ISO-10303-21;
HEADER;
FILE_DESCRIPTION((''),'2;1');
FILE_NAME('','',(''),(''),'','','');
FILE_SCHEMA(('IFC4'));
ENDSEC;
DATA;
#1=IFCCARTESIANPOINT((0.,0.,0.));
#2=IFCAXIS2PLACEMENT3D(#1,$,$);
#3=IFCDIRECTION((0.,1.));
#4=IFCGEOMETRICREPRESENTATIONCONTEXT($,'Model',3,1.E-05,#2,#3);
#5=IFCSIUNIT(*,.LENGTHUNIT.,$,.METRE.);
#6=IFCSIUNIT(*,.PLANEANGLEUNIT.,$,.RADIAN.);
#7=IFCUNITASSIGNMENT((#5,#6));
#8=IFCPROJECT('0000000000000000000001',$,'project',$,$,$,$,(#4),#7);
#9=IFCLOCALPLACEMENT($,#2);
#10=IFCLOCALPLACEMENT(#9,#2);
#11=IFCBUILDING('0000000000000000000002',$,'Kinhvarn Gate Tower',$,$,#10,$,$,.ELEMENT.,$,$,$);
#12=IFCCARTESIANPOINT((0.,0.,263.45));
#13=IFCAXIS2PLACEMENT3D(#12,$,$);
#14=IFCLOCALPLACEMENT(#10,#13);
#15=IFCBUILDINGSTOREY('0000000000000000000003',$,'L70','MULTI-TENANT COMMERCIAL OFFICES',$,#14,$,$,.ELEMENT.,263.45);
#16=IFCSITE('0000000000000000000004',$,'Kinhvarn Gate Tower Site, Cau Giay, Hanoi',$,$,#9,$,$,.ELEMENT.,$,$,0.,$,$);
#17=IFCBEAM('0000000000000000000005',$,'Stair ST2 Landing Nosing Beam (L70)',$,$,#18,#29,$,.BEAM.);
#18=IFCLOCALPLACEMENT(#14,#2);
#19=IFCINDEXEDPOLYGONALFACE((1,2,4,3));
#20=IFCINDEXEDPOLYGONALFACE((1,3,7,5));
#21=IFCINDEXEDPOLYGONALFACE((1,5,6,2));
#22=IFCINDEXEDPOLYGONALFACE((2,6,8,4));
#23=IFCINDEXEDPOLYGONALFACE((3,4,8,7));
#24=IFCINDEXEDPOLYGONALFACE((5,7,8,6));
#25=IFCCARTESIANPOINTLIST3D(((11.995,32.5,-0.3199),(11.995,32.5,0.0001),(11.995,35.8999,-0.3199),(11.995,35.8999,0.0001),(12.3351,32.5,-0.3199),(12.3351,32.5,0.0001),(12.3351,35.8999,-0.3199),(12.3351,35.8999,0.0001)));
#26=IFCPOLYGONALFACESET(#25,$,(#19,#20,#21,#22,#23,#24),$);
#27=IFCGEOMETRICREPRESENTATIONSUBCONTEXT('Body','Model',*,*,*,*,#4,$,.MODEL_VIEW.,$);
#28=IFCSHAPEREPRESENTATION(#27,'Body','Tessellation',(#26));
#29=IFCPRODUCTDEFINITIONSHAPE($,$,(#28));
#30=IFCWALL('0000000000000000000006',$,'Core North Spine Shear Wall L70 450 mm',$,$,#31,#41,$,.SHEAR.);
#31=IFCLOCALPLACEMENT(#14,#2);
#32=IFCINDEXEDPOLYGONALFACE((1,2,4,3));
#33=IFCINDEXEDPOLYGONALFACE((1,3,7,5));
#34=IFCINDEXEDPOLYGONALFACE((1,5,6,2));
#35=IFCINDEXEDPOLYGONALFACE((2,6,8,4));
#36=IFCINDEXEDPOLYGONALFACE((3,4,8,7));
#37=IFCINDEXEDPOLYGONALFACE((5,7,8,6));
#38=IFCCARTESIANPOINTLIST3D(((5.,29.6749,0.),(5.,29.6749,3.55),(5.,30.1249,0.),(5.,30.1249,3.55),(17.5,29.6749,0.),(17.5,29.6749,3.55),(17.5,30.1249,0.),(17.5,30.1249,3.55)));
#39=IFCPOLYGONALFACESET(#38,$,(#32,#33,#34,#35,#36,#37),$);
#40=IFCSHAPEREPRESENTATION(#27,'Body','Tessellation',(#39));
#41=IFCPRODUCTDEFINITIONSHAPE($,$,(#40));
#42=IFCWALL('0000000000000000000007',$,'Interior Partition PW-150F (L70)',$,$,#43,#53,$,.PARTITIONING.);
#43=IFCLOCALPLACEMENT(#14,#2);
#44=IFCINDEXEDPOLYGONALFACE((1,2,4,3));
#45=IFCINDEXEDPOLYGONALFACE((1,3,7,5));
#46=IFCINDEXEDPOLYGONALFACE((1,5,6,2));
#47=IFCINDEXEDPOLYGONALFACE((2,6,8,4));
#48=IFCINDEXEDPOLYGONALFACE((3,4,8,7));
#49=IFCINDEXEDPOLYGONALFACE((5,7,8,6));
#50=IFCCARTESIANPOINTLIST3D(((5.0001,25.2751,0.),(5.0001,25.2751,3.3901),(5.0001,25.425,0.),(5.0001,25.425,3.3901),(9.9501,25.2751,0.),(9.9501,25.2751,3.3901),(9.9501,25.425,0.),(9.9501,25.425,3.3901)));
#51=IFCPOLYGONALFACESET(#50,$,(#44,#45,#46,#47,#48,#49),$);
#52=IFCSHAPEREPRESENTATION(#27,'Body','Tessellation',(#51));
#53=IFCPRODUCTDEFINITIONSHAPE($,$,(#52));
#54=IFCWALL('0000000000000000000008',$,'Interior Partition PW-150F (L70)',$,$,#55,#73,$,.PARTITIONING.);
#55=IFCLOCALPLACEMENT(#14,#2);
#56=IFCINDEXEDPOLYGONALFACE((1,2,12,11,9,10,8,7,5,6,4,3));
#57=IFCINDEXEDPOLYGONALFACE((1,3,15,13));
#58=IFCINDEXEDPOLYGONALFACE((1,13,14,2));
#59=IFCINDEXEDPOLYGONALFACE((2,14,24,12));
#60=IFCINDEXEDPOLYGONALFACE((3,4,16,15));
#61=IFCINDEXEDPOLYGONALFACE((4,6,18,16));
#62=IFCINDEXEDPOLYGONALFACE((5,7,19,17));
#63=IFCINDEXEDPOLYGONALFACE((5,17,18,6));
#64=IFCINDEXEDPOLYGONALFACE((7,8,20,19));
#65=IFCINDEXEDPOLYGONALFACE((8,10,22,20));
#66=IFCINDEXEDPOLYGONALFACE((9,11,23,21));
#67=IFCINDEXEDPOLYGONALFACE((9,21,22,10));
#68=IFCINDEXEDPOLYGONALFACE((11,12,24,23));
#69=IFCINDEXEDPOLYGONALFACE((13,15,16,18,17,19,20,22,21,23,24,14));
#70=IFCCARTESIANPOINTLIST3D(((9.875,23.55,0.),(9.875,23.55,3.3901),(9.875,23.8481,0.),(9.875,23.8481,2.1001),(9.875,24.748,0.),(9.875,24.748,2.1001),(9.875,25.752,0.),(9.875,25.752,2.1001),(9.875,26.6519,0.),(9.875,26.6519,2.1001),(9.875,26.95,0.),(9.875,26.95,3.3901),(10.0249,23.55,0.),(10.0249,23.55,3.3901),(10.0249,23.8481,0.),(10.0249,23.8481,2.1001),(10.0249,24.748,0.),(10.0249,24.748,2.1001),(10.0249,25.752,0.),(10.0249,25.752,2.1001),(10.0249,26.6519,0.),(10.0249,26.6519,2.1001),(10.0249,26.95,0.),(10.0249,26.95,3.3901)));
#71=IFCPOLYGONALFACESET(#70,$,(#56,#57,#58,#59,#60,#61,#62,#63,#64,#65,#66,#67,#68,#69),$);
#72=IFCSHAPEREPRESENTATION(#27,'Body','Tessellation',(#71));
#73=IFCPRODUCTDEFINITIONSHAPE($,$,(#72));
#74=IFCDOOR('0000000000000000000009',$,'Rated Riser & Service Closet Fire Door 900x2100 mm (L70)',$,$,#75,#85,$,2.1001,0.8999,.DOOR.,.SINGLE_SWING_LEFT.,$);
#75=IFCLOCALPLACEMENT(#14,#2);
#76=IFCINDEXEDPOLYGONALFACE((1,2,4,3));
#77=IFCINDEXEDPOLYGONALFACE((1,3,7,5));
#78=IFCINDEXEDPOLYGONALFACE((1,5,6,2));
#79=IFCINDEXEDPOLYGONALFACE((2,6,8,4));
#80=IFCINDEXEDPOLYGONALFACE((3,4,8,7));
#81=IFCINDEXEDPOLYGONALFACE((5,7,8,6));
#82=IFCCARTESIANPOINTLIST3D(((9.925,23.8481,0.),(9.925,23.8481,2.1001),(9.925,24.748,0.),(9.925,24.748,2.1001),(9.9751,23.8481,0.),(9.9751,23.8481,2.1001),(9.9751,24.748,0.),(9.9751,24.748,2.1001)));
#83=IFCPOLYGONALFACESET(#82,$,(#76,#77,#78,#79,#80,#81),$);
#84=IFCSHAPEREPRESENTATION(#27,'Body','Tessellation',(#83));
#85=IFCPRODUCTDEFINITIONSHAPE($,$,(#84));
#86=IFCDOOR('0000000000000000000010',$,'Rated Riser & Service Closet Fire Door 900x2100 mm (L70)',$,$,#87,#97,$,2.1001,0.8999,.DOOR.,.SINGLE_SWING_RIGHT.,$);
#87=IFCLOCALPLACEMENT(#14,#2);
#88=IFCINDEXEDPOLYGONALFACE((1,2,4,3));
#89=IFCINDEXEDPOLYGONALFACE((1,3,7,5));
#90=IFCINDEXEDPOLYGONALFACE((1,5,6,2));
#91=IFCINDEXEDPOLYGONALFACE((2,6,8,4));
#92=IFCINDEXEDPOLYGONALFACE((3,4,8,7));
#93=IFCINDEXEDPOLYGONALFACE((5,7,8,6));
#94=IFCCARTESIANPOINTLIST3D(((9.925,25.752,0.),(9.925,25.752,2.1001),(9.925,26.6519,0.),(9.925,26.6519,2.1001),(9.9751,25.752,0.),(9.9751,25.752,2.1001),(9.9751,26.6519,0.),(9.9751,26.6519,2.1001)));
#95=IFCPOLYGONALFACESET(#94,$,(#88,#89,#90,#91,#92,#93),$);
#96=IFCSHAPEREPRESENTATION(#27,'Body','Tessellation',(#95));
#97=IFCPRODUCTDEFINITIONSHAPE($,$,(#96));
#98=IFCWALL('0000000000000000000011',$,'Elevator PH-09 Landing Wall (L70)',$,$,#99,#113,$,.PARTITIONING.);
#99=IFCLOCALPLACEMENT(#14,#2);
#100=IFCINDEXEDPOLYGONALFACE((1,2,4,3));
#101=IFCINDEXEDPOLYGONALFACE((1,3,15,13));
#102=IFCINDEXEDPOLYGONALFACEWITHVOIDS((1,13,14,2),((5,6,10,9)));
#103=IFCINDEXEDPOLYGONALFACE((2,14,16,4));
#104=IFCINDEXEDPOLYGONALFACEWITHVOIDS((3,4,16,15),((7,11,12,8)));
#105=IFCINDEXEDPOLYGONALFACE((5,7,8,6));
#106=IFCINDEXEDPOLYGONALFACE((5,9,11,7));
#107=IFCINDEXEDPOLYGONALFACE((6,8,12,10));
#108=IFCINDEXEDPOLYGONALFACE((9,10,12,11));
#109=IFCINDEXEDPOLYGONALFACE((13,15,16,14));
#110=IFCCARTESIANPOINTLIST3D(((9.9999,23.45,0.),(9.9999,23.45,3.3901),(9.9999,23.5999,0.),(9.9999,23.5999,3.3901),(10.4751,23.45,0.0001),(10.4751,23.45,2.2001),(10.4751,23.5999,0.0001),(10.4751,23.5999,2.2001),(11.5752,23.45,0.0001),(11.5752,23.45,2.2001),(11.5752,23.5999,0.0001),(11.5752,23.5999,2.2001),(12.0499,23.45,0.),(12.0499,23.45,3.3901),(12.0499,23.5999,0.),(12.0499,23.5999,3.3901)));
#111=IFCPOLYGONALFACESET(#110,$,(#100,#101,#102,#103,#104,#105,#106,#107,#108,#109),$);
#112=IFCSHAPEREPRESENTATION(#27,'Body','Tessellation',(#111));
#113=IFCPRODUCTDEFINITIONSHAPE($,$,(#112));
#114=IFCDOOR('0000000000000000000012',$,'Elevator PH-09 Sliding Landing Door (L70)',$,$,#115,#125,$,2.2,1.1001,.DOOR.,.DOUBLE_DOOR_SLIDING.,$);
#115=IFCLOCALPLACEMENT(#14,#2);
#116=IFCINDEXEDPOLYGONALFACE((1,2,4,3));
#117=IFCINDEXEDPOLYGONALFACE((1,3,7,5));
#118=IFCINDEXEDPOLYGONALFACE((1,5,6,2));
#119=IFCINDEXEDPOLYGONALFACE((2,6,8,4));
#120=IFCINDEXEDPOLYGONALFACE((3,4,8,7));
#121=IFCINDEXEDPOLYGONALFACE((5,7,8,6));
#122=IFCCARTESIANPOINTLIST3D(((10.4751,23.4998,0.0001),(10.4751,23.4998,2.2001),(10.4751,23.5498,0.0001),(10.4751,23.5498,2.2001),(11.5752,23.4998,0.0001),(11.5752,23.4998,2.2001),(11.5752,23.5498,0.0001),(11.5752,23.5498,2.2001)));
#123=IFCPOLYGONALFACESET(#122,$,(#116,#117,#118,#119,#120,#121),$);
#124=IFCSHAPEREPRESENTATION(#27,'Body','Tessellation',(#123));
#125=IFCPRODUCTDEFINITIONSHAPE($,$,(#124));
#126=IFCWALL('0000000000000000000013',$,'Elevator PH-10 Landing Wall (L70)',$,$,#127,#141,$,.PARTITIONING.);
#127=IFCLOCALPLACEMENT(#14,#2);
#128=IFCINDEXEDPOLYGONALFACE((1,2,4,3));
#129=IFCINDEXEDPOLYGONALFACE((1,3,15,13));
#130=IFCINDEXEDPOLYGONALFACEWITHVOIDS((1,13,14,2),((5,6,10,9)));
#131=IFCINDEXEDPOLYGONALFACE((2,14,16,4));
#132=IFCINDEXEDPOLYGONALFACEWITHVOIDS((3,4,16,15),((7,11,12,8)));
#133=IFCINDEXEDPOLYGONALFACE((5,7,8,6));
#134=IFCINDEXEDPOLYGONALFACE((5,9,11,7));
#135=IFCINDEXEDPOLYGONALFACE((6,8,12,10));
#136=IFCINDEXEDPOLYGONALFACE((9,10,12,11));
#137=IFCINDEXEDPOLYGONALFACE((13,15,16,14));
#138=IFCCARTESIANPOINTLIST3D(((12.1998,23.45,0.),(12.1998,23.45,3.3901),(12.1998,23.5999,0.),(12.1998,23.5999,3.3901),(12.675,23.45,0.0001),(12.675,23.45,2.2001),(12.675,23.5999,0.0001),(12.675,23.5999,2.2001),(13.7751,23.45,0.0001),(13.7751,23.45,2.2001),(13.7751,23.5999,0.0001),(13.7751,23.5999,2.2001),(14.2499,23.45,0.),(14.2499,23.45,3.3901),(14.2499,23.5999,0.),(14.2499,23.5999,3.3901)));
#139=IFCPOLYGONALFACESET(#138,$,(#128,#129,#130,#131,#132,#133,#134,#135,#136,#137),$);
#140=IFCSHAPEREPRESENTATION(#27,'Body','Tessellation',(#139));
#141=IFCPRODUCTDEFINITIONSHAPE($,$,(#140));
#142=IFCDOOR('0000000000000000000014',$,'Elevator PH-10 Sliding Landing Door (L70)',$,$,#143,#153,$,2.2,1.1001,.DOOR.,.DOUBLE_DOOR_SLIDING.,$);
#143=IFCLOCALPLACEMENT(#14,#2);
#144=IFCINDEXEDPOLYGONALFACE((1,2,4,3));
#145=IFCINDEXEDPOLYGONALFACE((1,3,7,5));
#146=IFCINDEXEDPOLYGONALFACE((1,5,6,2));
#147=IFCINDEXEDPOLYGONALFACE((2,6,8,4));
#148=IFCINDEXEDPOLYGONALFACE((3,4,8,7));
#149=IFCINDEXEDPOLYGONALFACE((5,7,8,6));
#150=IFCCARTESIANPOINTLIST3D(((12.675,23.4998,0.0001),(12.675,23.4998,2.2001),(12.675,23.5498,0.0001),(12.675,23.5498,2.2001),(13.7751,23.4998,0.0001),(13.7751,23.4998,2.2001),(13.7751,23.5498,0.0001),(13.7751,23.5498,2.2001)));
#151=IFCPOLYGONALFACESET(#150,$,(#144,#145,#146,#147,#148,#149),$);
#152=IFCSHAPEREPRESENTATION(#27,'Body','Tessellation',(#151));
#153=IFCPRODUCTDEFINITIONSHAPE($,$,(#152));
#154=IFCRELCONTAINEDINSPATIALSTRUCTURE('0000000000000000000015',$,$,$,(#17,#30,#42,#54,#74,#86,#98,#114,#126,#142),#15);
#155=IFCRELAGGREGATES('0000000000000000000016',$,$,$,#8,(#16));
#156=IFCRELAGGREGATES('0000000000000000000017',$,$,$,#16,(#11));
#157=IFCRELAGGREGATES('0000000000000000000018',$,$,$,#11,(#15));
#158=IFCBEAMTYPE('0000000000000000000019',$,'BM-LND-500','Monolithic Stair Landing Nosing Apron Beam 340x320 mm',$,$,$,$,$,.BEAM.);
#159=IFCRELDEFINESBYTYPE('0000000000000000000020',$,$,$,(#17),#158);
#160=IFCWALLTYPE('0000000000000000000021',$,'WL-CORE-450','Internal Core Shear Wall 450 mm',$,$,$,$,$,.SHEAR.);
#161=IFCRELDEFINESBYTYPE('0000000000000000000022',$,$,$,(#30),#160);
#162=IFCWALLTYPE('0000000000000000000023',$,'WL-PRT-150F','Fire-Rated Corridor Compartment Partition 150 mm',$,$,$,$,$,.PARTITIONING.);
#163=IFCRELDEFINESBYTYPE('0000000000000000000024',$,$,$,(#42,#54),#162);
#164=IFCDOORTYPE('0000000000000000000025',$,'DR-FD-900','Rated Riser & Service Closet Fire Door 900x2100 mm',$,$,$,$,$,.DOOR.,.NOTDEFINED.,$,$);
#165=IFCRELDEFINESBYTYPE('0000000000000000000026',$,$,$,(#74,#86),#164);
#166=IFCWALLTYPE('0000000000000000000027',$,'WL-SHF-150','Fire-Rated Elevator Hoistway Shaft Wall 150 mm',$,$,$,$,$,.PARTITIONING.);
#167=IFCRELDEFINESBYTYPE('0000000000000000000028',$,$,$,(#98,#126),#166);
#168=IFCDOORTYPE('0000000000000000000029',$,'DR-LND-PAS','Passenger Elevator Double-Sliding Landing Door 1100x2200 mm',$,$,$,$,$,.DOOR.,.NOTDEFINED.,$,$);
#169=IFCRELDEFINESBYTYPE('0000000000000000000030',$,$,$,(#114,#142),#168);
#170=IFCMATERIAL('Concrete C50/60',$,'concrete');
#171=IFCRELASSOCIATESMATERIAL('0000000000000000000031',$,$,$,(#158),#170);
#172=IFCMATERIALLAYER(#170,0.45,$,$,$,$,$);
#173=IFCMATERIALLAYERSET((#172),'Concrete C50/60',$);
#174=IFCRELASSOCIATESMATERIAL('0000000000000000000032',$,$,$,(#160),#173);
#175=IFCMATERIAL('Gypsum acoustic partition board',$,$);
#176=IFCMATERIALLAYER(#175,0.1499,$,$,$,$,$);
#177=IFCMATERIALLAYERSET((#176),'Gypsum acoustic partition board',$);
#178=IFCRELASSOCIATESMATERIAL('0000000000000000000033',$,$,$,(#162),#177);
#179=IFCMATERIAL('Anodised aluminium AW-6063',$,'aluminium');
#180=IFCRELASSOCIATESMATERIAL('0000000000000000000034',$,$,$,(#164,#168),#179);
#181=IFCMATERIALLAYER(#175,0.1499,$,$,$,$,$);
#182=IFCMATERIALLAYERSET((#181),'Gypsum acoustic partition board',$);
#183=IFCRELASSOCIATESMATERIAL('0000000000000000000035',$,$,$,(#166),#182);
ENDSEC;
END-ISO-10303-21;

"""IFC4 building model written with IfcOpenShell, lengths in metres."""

from ifc_helpers import new_model, si_unit, direction, frame, frame_2d, origin, origin_2d, place, context, subcontext, project, spatial, rectangle, extrude, material, layer, layer_set, material_profile, profile_set, type_object, element, fill, save


model = new_model("IFC4")

# Units and contexts
model_context = context("Model", 3, precision=1e-05, world=origin(), true_north=direction((0.0, 1.0)))
body_context = subcontext(model_context, "Body", "Model", "MODEL_VIEW")
ifc_project = project(units=[si_unit("LENGTHUNIT", "METRE"), si_unit("PLANEANGLEUNIT", "RADIAN")], contexts=[model_context])

# Site, building, storey
site_placement = place(None, origin())
site = spatial("IfcSite", under=ifc_project, at=site_placement, Name="Kinhvarn Gate Tower Site, Cau Giay, Hanoi", CompositionType="ELEMENT", RefElevation=0.0)
building_placement = place(site_placement, origin())
building = spatial("IfcBuilding", under=site, at=building_placement, Name="Kinhvarn Gate Tower", CompositionType="ELEMENT")
storey_placement = place(building_placement, frame((0.0, 0.0, 263.45)))
storey = spatial("IfcBuildingStorey", under=building, at=storey_placement, Name="L70", Description="MULTI-TENANT COMMERCIAL OFFICES", CompositionType="ELEMENT", Elevation=263.45)

# Beam
ifc_material_1 = material(Name="Concrete C50/60", Category="concrete")
ifc_material_profile = material_profile(ifc_material_1, rectangle(XDim=0.3401, YDim=0.3201, at=origin_2d()), Name="RC 340x320")
ifc_profile_set = profile_set([ifc_material_profile], Name="Concrete C50/60")
beam_type = type_object("IfcBeamType", Name="BM-LND-500", Description="Monolithic Stair Landing Nosing Apron Beam 340x320 mm", PredefinedType="BEAM", material=ifc_profile_set)
beam_placement = place(storey_placement, frame((12.165, 32.5, -0.1599), z_axis=(0.0, 1.0, 0.0), x_axis=(-1.0, 0.0, 0.0)))
element("IfcBeam", 1, at=beam_placement, inside=storey, type_object=beam_type, Name="Stair ST2 Landing Nosing Beam (L70)", PredefinedType="BEAM", context=body_context, shape_type="SweptSolid", body=[
    extrude(rectangle(XDim=0.3401, YDim=0.3201, at=origin_2d()), origin(), (0.0, 0.0, 1.0), 3.3999),
])

# Walls
ifc_layer_1 = layer(ifc_material_1, 0.45)
ifc_layer_set_1 = layer_set([ifc_layer_1], Name="Concrete C50/60")
wall_type_1 = type_object("IfcWallType", Name="WL-CORE-450", Description="Internal Core Shear Wall 450 mm", PredefinedType="SHEAR", material=ifc_layer_set_1)
wall_1_placement = place(storey_placement, frame((5.0, 29.8999, 0.0), z_axis=(0.0, 0.0, 1.0), x_axis=(1.0, 0.0, 0.0)))
element("IfcWall", 2, at=wall_1_placement, inside=storey, type_object=wall_type_1, Name="Core North Spine Shear Wall L70 450 mm", PredefinedType="SHEAR", context=body_context, shape_type="SweptSolid", body=[
    extrude(rectangle(XDim=12.5, YDim=0.45, at=frame_2d((6.25, 0.0))), origin(), (0.0, 0.0, 1.0), 3.55),
])
ifc_material_2 = material(Name="Gypsum acoustic partition board")
ifc_layer_2 = layer(ifc_material_2, 0.1499)
ifc_layer_set_2 = layer_set([ifc_layer_2], Name="Gypsum acoustic partition board")
wall_type_2 = type_object("IfcWallType", Name="WL-PRT-150F", Description="Fire-Rated Corridor Compartment Partition 150 mm", PredefinedType="PARTITIONING", material=ifc_layer_set_2)
wall_2_placement = place(storey_placement, frame((5.0, 25.3501, 0.0), z_axis=(0.0, 0.0, 1.0), x_axis=(1.0, 0.0, 0.0)))
element("IfcWall", 3, at=wall_2_placement, inside=storey, type_object=wall_type_2, Name="Interior Partition PW-150F (L70)", PredefinedType="PARTITIONING", context=body_context, shape_type="SweptSolid", body=[
    extrude(rectangle(XDim=4.95, YDim=0.1499, at=frame_2d((2.4751, 0.0))), origin(), (0.0, 0.0, 1.0), 3.3901),
])

# Wall, openings, doors
wall_3_placement = place(storey_placement, frame((9.95, 23.55, 0.0), z_axis=(0.0, 0.0, 1.0), x_axis=(0.0, 1.0, 0.0)))
wall_3 = element("IfcWall", 4, at=wall_3_placement, inside=storey, type_object=wall_type_2, Name="Interior Partition PW-150F (L70)", PredefinedType="PARTITIONING", context=body_context, shape_type="SweptSolid", body=[
    extrude(rectangle(XDim=3.3999, YDim=0.1499, at=frame_2d((1.7, 0.0))), origin(), (0.0, 0.0, 1.0), 3.3901),
])
opening_1_placement = place(wall_3_placement, frame((0.2981, 0.0, 0.0)))
opening_1 = element("IfcOpeningElement", 5, at=opening_1_placement, cuts=wall_3, PredefinedType="OPENING", context=body_context, shape_type="SweptSolid", body=[
    extrude(rectangle(XDim=0.8999, YDim=2.1001, at=frame_2d((0.45, 1.05))), frame((0.0, 0.085, 0.0), z_axis=(0.0, -1.0, 0.0), x_axis=(1.0, 0.0, 0.0)), (0.0, 0.0, 1.0), 0.1699),
])
opening_2_placement = place(wall_3_placement, frame((2.2019, 0.0, 0.0)))
opening_2 = element("IfcOpeningElement", 6, at=opening_2_placement, cuts=wall_3, PredefinedType="OPENING", context=body_context, shape_type="SweptSolid", body=[
    extrude(rectangle(XDim=0.8999, YDim=2.1001, at=frame_2d((0.45, 1.05))), frame((0.0, 0.085, 0.0), z_axis=(0.0, -1.0, 0.0), x_axis=(1.0, 0.0, 0.0)), (0.0, 0.0, 1.0), 0.1699),
])
ifc_material_3 = material(Name="Anodised aluminium AW-6063", Category="aluminium")
door_type_1 = type_object("IfcDoorType", Name="DR-FD-900", Description="Rated Riser & Service Closet Fire Door 900x2100 mm", OperationType="NOTDEFINED", PredefinedType="DOOR", material=ifc_material_3)
door_1_placement = place(opening_1_placement, origin())
door_1 = element("IfcDoor", 7, at=door_1_placement, inside=storey, type_object=door_type_1, Name="Rated Riser & Service Closet Fire Door 900x2100 mm (L70)", OperationType="SINGLE_SWING_LEFT", OverallHeight=2.1001, OverallWidth=0.8999, PredefinedType="DOOR", context=body_context, shape_type="SweptSolid", body=[
    extrude(rectangle(XDim=0.8999, YDim=2.1001, at=frame_2d((0.45, 1.05))), frame((0.0, 0.0249, 0.0), z_axis=(0.0, -1.0, 0.0), x_axis=(1.0, 0.0, 0.0)), (0.0, 0.0, 1.0), 0.05),
])
fill(opening_1, door_1)
door_2_placement = place(opening_2_placement, origin())
door_2 = element("IfcDoor", 8, at=door_2_placement, inside=storey, type_object=door_type_1, Name="Rated Riser & Service Closet Fire Door 900x2100 mm (L70)", OperationType="SINGLE_SWING_RIGHT", OverallHeight=2.1001, OverallWidth=0.8999, PredefinedType="DOOR", context=body_context, shape_type="SweptSolid", body=[
    extrude(rectangle(XDim=0.8999, YDim=2.1001, at=frame_2d((0.45, 1.05))), frame((0.0, 0.0249, 0.0), z_axis=(0.0, -1.0, 0.0), x_axis=(1.0, 0.0, 0.0)), (0.0, 0.0, 1.0), 0.05),
])
fill(opening_2, door_2)

# Walls, openings, doors
ifc_layer_3 = layer(ifc_material_2, 0.1499)
ifc_layer_set_3 = layer_set([ifc_layer_3], Name="Gypsum acoustic partition board")
wall_type_3 = type_object("IfcWallType", Name="WL-SHF-150", Description="Fire-Rated Elevator Hoistway Shaft Wall 150 mm", PredefinedType="PARTITIONING", material=ifc_layer_set_3)
wall_4_placement = place(storey_placement, frame((10.0, 23.5249, 0.0), z_axis=(0.0, 0.0, 1.0), x_axis=(1.0, 0.0, 0.0)))
wall_4 = element("IfcWall", 9, at=wall_4_placement, inside=storey, type_object=wall_type_3, Name="Elevator PH-09 Landing Wall (L70)", PredefinedType="PARTITIONING", context=body_context, shape_type="SweptSolid", body=[
    extrude(rectangle(XDim=2.05, YDim=0.1499, at=frame_2d((1.0249, 0.0))), origin(), (0.0, 0.0, 1.0), 3.3901),
])
opening_3_placement = place(wall_4_placement, frame((0.4751, 0.0, 0.0)))
opening_3 = element("IfcOpeningElement", 10, at=opening_3_placement, cuts=wall_4, PredefinedType="OPENING", context=body_context, shape_type="SweptSolid", body=[
    extrude(rectangle(XDim=1.1001, YDim=2.2, at=frame_2d((0.55, 1.1001))), frame((0.0, 0.085, 0.0), z_axis=(0.0, -1.0, 0.0), x_axis=(1.0, 0.0, 0.0)), (0.0, 0.0, 1.0), 0.1699),
])
door_type_2 = type_object("IfcDoorType", Name="DR-LND-PAS", Description="Passenger Elevator Double-Sliding Landing Door 1100x2200 mm", OperationType="NOTDEFINED", PredefinedType="DOOR", material=ifc_material_3)
door_3_placement = place(opening_3_placement, origin())
door_3 = element("IfcDoor", 11, at=door_3_placement, inside=storey, type_object=door_type_2, Name="Elevator PH-09 Sliding Landing Door (L70)", OperationType="DOUBLE_DOOR_SLIDING", OverallHeight=2.2, OverallWidth=1.1001, PredefinedType="DOOR", context=body_context, shape_type="SweptSolid", body=[
    extrude(rectangle(XDim=1.1001, YDim=2.2, at=frame_2d((0.55, 1.1001))), frame((0.0, 0.0249, 0.0), z_axis=(0.0, -1.0, 0.0), x_axis=(1.0, 0.0, 0.0)), (0.0, 0.0, 1.0), 0.05),
])
fill(opening_3, door_3)
wall_5_placement = place(storey_placement, frame((12.2, 23.5249, 0.0), z_axis=(0.0, 0.0, 1.0), x_axis=(1.0, 0.0, 0.0)))
wall_5 = element("IfcWall", 12, at=wall_5_placement, inside=storey, type_object=wall_type_3, Name="Elevator PH-10 Landing Wall (L70)", PredefinedType="PARTITIONING", context=body_context, shape_type="SweptSolid", body=[
    extrude(rectangle(XDim=2.05, YDim=0.1499, at=frame_2d((1.0249, 0.0))), origin(), (0.0, 0.0, 1.0), 3.3901),
])
opening_4_placement = place(wall_5_placement, frame((0.4751, 0.0, 0.0)))
opening_4 = element("IfcOpeningElement", 13, at=opening_4_placement, cuts=wall_5, PredefinedType="OPENING", context=body_context, shape_type="SweptSolid", body=[
    extrude(rectangle(XDim=1.1001, YDim=2.2, at=frame_2d((0.55, 1.1001))), frame((0.0, 0.085, 0.0), z_axis=(0.0, -1.0, 0.0), x_axis=(1.0, 0.0, 0.0)), (0.0, 0.0, 1.0), 0.1699),
])
door_4_placement = place(opening_4_placement, origin())
door_4 = element("IfcDoor", 14, at=door_4_placement, inside=storey, type_object=door_type_2, Name="Elevator PH-10 Sliding Landing Door (L70)", OperationType="DOUBLE_DOOR_SLIDING", OverallHeight=2.2, OverallWidth=1.1001, PredefinedType="DOOR", context=body_context, shape_type="SweptSolid", body=[
    extrude(rectangle(XDim=1.1001, YDim=2.2, at=frame_2d((0.55, 1.1001))), frame((0.0, 0.0249, 0.0), z_axis=(0.0, -1.0, 0.0), x_axis=(1.0, 0.0, 0.0)), (0.0, 0.0, 1.0), 0.05),
])
fill(opening_4, door_4)

save(model, "model.ifc")
